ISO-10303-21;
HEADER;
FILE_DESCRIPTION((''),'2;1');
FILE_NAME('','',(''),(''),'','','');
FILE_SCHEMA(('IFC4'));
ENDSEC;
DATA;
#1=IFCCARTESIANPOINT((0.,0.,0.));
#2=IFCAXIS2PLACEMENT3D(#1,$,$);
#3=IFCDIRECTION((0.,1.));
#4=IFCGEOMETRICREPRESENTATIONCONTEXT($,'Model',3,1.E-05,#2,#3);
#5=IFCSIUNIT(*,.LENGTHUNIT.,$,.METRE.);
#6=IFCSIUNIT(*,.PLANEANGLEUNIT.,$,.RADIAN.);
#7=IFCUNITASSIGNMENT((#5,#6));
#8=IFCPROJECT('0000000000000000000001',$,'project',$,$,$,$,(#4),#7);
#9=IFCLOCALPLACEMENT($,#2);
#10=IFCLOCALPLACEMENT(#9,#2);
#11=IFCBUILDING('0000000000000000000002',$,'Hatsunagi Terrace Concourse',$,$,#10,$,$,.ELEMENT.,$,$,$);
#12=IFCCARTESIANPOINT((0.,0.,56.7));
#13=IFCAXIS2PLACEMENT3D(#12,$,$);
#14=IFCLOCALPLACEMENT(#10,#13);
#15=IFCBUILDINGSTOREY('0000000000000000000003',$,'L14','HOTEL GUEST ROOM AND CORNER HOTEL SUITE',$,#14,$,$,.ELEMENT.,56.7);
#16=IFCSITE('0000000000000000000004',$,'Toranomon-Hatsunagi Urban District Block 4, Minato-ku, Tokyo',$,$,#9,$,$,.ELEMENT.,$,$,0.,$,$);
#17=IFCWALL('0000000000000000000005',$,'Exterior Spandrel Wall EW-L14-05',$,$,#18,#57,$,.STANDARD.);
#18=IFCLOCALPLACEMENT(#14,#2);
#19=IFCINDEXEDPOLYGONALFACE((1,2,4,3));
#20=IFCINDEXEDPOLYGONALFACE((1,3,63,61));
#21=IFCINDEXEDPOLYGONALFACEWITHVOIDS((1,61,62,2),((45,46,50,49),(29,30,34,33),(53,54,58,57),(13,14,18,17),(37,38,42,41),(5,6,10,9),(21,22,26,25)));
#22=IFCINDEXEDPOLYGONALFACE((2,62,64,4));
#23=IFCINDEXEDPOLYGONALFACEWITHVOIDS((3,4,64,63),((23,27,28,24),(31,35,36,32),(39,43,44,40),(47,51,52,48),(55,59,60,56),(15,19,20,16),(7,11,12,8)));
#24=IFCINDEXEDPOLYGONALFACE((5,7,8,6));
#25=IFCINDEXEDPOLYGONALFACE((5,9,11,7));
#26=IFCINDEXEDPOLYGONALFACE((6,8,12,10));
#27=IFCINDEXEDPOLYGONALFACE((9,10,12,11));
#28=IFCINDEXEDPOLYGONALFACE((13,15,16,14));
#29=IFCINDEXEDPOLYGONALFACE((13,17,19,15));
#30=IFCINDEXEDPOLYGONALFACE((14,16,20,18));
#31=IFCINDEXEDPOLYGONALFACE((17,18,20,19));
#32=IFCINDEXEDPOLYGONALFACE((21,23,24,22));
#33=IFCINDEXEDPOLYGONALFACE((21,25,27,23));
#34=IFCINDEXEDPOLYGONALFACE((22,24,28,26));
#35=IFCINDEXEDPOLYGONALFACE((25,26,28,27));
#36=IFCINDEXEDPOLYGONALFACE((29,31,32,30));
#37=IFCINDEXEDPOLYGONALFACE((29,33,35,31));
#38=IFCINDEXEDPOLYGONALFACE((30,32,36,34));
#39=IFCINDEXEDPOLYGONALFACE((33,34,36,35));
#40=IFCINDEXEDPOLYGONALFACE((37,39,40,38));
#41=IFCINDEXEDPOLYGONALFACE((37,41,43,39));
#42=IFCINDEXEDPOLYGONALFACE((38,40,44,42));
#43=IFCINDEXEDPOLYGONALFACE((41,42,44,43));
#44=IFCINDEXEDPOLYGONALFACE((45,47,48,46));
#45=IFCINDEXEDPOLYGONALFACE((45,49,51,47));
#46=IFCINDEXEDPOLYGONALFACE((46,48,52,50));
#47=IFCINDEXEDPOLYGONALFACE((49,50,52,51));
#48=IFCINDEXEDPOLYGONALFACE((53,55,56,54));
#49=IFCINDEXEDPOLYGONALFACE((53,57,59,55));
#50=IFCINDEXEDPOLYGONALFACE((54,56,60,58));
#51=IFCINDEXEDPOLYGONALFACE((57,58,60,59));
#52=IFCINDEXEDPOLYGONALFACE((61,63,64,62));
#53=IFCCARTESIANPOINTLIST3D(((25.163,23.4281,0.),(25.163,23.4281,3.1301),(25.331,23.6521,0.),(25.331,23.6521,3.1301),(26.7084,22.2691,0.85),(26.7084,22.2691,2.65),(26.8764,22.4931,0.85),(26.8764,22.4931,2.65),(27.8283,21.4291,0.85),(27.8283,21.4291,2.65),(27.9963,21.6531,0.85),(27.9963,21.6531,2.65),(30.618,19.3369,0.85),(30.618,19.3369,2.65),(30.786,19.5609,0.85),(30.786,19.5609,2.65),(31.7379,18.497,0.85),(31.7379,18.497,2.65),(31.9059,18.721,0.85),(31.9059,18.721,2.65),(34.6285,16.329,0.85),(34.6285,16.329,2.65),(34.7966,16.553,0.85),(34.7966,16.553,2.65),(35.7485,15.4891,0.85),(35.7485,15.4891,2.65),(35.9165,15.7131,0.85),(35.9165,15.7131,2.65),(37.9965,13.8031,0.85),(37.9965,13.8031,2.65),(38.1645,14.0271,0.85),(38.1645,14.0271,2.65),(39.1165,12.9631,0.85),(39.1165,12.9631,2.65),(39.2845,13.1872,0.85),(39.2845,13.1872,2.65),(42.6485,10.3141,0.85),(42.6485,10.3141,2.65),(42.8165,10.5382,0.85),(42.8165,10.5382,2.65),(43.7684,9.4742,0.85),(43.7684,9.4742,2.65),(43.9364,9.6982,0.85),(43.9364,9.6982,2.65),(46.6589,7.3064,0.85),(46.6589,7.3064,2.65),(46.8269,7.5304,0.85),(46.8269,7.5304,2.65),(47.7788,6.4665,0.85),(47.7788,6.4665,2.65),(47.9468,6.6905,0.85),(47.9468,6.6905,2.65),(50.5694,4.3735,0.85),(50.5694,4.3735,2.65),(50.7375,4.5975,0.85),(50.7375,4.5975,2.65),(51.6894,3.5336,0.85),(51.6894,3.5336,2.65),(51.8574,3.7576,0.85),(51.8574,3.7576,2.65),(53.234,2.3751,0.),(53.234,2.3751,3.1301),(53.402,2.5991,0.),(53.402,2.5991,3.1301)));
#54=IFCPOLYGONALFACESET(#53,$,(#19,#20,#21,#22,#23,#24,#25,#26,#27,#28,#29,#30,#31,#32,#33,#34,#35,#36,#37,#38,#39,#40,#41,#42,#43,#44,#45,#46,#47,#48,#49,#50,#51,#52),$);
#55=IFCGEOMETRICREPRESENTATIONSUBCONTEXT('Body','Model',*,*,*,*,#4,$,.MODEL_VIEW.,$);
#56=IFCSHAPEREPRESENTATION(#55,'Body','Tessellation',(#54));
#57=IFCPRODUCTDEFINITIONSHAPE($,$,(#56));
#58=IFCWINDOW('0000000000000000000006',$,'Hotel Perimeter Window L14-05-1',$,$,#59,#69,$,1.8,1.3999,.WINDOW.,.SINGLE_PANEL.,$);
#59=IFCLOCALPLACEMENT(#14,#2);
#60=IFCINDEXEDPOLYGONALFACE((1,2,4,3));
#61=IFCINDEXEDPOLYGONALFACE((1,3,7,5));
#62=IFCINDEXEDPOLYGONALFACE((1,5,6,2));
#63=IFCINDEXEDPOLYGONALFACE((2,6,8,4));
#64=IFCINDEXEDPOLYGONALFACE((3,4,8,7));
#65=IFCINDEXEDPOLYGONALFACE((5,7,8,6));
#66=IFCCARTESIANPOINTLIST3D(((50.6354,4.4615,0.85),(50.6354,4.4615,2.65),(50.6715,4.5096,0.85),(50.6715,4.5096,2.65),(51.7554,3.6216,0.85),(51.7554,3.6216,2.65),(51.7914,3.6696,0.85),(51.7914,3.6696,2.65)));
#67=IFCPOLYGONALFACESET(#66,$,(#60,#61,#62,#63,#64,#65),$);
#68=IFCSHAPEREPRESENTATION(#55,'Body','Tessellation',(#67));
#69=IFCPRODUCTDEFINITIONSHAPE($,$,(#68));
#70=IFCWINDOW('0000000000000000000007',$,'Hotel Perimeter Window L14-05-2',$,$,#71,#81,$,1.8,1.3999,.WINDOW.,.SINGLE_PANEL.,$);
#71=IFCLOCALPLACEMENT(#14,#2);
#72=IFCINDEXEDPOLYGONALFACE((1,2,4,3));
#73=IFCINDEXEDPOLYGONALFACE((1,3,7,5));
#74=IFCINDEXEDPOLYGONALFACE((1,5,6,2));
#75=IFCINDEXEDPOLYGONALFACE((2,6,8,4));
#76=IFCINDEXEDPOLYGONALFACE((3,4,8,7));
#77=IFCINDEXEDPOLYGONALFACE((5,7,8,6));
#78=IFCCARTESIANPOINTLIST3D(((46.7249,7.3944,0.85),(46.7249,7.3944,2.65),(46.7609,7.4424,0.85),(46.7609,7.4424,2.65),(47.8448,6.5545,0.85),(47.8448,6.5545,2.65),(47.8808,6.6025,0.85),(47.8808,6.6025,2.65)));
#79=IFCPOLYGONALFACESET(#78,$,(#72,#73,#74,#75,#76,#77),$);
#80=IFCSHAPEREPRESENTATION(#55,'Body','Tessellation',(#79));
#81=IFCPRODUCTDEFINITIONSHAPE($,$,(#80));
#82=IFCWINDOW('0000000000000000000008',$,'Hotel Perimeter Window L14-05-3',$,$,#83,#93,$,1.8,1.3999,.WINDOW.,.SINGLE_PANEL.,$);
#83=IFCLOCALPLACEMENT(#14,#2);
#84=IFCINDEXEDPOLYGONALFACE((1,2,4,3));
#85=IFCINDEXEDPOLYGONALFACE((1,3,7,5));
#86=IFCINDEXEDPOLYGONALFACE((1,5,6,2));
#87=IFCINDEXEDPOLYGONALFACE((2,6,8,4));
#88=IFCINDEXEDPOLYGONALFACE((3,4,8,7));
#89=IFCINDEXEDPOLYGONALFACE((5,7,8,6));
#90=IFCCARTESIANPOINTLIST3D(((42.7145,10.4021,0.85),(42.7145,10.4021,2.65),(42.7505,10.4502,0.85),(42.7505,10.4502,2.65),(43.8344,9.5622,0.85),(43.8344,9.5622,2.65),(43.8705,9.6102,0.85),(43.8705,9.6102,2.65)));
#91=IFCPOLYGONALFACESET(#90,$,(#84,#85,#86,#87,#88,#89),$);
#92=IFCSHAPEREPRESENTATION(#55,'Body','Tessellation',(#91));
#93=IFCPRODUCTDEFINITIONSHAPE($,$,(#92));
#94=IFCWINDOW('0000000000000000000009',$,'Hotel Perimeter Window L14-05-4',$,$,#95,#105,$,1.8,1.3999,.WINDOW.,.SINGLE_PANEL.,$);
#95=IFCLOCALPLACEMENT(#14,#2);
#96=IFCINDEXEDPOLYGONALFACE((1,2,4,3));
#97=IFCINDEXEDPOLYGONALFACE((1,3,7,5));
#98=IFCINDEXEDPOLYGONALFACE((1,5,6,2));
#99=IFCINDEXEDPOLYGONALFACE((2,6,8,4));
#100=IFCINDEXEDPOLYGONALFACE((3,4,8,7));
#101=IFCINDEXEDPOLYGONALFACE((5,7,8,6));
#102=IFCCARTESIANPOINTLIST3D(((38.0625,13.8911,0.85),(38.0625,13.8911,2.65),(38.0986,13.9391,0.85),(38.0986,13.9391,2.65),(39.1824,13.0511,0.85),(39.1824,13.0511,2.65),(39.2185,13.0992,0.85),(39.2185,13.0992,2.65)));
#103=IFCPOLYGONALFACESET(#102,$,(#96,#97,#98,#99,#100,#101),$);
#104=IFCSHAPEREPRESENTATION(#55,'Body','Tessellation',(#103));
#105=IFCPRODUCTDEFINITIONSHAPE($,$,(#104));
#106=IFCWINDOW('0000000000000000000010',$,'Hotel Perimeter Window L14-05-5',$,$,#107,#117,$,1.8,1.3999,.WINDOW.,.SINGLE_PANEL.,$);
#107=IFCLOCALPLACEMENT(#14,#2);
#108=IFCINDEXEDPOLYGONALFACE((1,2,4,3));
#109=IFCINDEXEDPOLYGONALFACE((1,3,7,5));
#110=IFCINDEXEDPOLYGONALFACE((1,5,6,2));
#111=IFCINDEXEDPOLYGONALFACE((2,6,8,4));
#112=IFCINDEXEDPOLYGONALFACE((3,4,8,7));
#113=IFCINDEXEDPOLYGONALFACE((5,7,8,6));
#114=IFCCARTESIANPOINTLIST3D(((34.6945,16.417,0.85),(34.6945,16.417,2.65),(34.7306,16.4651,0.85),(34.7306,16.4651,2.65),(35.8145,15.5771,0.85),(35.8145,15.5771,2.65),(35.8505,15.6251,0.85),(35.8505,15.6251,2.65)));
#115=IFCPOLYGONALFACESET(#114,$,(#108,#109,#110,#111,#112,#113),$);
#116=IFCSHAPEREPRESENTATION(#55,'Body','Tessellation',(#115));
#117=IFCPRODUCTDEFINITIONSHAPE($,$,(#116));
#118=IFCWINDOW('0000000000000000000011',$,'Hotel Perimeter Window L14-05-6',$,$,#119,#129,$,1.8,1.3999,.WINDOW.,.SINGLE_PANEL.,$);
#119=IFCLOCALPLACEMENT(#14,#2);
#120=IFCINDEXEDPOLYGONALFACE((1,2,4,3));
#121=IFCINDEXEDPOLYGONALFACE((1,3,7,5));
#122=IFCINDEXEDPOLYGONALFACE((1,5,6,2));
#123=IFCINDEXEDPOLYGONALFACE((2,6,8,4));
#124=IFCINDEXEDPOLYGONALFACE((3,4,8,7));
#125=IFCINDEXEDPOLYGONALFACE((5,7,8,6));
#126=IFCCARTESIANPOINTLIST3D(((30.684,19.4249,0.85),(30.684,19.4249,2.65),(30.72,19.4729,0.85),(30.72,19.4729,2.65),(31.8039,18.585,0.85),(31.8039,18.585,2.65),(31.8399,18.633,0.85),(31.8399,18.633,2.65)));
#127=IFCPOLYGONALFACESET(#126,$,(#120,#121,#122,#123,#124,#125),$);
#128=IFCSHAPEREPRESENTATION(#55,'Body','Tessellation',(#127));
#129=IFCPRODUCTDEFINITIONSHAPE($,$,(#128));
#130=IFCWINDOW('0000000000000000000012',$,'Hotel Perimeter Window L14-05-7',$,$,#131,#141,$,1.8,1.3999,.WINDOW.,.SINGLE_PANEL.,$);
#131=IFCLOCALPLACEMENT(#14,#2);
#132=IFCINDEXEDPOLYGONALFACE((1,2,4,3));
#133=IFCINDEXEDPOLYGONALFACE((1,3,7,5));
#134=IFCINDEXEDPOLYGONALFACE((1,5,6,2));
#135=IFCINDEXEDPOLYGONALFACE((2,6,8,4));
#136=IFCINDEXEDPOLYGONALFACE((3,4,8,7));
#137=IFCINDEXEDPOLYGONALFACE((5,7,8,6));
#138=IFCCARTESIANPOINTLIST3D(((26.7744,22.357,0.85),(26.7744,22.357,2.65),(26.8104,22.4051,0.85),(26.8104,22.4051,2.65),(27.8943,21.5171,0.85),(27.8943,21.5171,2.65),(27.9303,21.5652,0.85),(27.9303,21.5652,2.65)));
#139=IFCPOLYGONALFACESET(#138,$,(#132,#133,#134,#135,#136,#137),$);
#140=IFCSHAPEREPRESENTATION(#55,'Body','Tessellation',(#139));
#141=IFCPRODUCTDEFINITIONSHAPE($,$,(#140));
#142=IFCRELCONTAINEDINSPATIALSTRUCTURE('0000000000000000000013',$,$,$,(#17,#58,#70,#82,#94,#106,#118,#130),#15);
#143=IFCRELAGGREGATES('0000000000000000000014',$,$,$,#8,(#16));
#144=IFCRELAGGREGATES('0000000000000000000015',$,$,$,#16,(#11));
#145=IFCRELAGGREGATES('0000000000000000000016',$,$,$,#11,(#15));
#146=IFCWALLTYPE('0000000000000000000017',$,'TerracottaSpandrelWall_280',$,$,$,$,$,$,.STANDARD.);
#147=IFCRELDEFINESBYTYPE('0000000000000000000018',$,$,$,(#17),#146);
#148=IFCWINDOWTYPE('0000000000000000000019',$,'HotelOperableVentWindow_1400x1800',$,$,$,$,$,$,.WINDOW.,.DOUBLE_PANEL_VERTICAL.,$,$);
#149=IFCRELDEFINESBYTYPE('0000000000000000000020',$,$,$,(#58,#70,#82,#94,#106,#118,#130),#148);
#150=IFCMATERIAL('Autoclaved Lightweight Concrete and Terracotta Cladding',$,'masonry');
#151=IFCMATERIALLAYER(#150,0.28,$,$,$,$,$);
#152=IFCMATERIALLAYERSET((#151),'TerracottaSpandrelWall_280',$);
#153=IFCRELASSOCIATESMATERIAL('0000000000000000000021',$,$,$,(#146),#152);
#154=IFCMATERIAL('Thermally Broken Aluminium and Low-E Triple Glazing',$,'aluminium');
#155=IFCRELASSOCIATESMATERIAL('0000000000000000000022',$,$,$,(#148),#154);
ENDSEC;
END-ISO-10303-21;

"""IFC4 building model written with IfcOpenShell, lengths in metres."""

from ifc_helpers import new_model, si_unit, direction, frame, frame_2d, origin, place, context, subcontext, project, spatial, rectangle, extrude, material, layer, layer_set, type_object, element, fill, save


model = new_model("IFC4")

# Units and contexts
model_context = context("Model", 3, precision=1e-05, world=origin(), true_north=direction((0.0, 1.0)))
body_context = subcontext(model_context, "Body", "Model", "MODEL_VIEW")
ifc_project = project(units=[si_unit("LENGTHUNIT", "METRE"), si_unit("PLANEANGLEUNIT", "RADIAN")], contexts=[model_context])

# Site, building, storey
site_placement = place(None, origin())
site = spatial("IfcSite", under=ifc_project, at=site_placement, Name="Toranomon-Hatsunagi Urban District Block 4, Minato-ku, Tokyo", CompositionType="ELEMENT", RefElevation=0.0)
building_placement = place(site_placement, origin())
building = spatial("IfcBuilding", under=site, at=building_placement, Name="Hatsunagi Terrace Concourse", CompositionType="ELEMENT")
storey_placement = place(building_placement, frame((0.0, 0.0, 56.7)))
storey = spatial("IfcBuildingStorey", under=building, at=storey_placement, Name="L14", Description="HOTEL GUEST ROOM AND CORNER HOTEL SUITE", CompositionType="ELEMENT", Elevation=56.7)

# Wall, openings, windows
ifc_material_1 = material(Name="Autoclaved Lightweight Concrete and Terracotta Cladding", Category="masonry")
ifc_layer_1 = layer(ifc_material_1, 0.28)
ifc_layer_set_1 = layer_set([ifc_layer_1], Name="TerracottaSpandrelWall_280")
wall_type_1 = type_object("IfcWallType", Name="TerracottaSpandrelWall_280", PredefinedType="STANDARD", material=ifc_layer_set_1)
wall_1_placement = place(storey_placement, frame((53.3181, 2.4871, 0.0), z_axis=(0.0, 0.0, 1.0), x_axis=(-0.800004, 0.599994, 0.0)))
wall_1 = element("IfcWall", 1, at=wall_1_placement, inside=storey, type_object=wall_type_1, Name="Exterior Spandrel Wall EW-L14-05", PredefinedType="STANDARD", context=body_context, shape_type="SweptSolid", body=[
    extrude(rectangle(XDim=35.0886, YDim=0.28, at=frame_2d((17.5444, 0.0))), origin(), (0.0, 0.0, 1.0), 3.1301),
])
opening_1_placement = place(wall_1_placement, frame((1.9309, 0.0, 0.8501)))
opening_1 = element("IfcOpeningElement", 2, at=opening_1_placement, cuts=wall_1, PredefinedType="OPENING", context=body_context, shape_type="SweptSolid", body=[
    extrude(rectangle(XDim=1.3999, YDim=1.8, at=frame_2d((0.7, 0.8999))), frame((0.0, 0.1499, 0.0), z_axis=(0.0, -1.0, 0.0), x_axis=(1.0, 0.0, 0.0)), (0.0, 0.0, 1.0), 0.3),
])
opening_2_placement = place(wall_1_placement, frame((6.8191, 0.0, 0.8501)))
opening_2 = element("IfcOpeningElement", 3, at=opening_2_placement, cuts=wall_1, PredefinedType="OPENING", context=body_context, shape_type="SweptSolid", body=[
    extrude(rectangle(XDim=1.3999, YDim=1.8, at=frame_2d((0.7, 0.8999))), frame((0.0, 0.1499, 0.0), z_axis=(0.0, -1.0, 0.0), x_axis=(1.0, 0.0, 0.0)), (0.0, 0.0, 1.0), 0.3),
])
opening_3_placement = place(wall_1_placement, frame((11.832, 0.0, 0.8501)))
opening_3 = element("IfcOpeningElement", 4, at=opening_3_placement, cuts=wall_1, PredefinedType="OPENING", context=body_context, shape_type="SweptSolid", body=[
    extrude(rectangle(XDim=1.3999, YDim=1.8, at=frame_2d((0.7, 0.8999))), frame((0.0, 0.1499, 0.0), z_axis=(0.0, -1.0, 0.0), x_axis=(1.0, 0.0, 0.0)), (0.0, 0.0, 1.0), 0.3),
])
opening_4_placement = place(wall_1_placement, frame((17.647, 0.0, 0.8501)))
opening_4 = element("IfcOpeningElement", 5, at=opening_4_placement, cuts=wall_1, PredefinedType="OPENING", context=body_context, shape_type="SweptSolid", body=[
    extrude(rectangle(XDim=1.3999, YDim=1.8, at=frame_2d((0.7, 0.8999))), frame((0.0, 0.1499, 0.0), z_axis=(0.0, -1.0, 0.0), x_axis=(1.0, 0.0, 0.0)), (0.0, 0.0, 1.0), 0.3),
])
opening_5_placement = place(wall_1_placement, frame((21.8569, 0.0, 0.8501)))
opening_5 = element("IfcOpeningElement", 6, at=opening_5_placement, cuts=wall_1, PredefinedType="OPENING", context=body_context, shape_type="SweptSolid", body=[
    extrude(rectangle(XDim=1.3999, YDim=1.8, at=frame_2d((0.7, 0.8999))), frame((0.0, 0.1499, 0.0), z_axis=(0.0, -1.0, 0.0), x_axis=(1.0, 0.0, 0.0)), (0.0, 0.0, 1.0), 0.3),
])
opening_6_placement = place(wall_1_placement, frame((26.8701, 0.0, 0.8501)))
opening_6 = element("IfcOpeningElement", 7, at=opening_6_placement, cuts=wall_1, PredefinedType="OPENING", context=body_context, shape_type="SweptSolid", body=[
    extrude(rectangle(XDim=1.3999, YDim=1.8, at=frame_2d((0.7, 0.8999))), frame((0.0, 0.1499, 0.0), z_axis=(0.0, -1.0, 0.0), x_axis=(1.0, 0.0, 0.0)), (0.0, 0.0, 1.0), 0.3),
])
opening_7_placement = place(wall_1_placement, frame((31.7571, 0.0, 0.8501)))
opening_7 = element("IfcOpeningElement", 8, at=opening_7_placement, cuts=wall_1, PredefinedType="OPENING", context=body_context, shape_type="SweptSolid", body=[
    extrude(rectangle(XDim=1.3999, YDim=1.8, at=frame_2d((0.7, 0.8999))), frame((0.0, 0.1499, 0.0), z_axis=(0.0, -1.0, 0.0), x_axis=(1.0, 0.0, 0.0)), (0.0, 0.0, 1.0), 0.3),
])
ifc_material_2 = material(Name="Thermally Broken Aluminium and Low-E Triple Glazing", Category="aluminium")
window_type = type_object("IfcWindowType", Name="HotelOperableVentWindow_1400x1800", PartitioningType="DOUBLE_PANEL_VERTICAL", PredefinedType="WINDOW", material=ifc_material_2)
window_1_placement = place(opening_1_placement, origin())
window_1 = element("IfcWindow", 9, at=window_1_placement, inside=storey, type_object=window_type, Name="Hotel Perimeter Window L14-05-1", OverallHeight=1.8, OverallWidth=1.3999, PartitioningType="SINGLE_PANEL", PredefinedType="WINDOW", context=body_context, shape_type="SweptSolid", body=[
    extrude(rectangle(XDim=1.3999, YDim=1.8, at=frame_2d((0.7, 0.8999))), frame((0.0, 0.03, 0.0), z_axis=(0.0, -1.0, 0.0), x_axis=(1.0, 0.0, 0.0)), (0.0, 0.0, 1.0), 0.0601),
])
fill(opening_1, window_1)
window_2_placement = place(opening_2_placement, origin())
window_2 = element("IfcWindow", 10, at=window_2_placement, inside=storey, type_object=window_type, Name="Hotel Perimeter Window L14-05-2", OverallHeight=1.8, OverallWidth=1.3999, PartitioningType="SINGLE_PANEL", PredefinedType="WINDOW", context=body_context, shape_type="SweptSolid", body=[
    extrude(rectangle(XDim=1.3999, YDim=1.8, at=frame_2d((0.7, 0.8999))), frame((0.0, 0.03, 0.0), z_axis=(0.0, -1.0, 0.0), x_axis=(1.0, 0.0, 0.0)), (0.0, 0.0, 1.0), 0.0601),
])
fill(opening_2, window_2)
window_3_placement = place(opening_3_placement, origin())
window_3 = element("IfcWindow", 11, at=window_3_placement, inside=storey, type_object=window_type, Name="Hotel Perimeter Window L14-05-3", OverallHeight=1.8, OverallWidth=1.3999, PartitioningType="SINGLE_PANEL", PredefinedType="WINDOW", context=body_context, shape_type="SweptSolid", body=[
    extrude(rectangle(XDim=1.3999, YDim=1.8, at=frame_2d((0.7, 0.8999))), frame((0.0, 0.03, 0.0), z_axis=(0.0, -1.0, 0.0), x_axis=(1.0, 0.0, 0.0)), (0.0, 0.0, 1.0), 0.0601),
])
fill(opening_3, window_3)
window_4_placement = place(opening_4_placement, origin())
window_4 = element("IfcWindow", 12, at=window_4_placement, inside=storey, type_object=window_type, Name="Hotel Perimeter Window L14-05-4", OverallHeight=1.8, OverallWidth=1.3999, PartitioningType="SINGLE_PANEL", PredefinedType="WINDOW", context=body_context, shape_type="SweptSolid", body=[
    extrude(rectangle(XDim=1.3999, YDim=1.8, at=frame_2d((0.7, 0.8999))), frame((0.0, 0.03, 0.0), z_axis=(0.0, -1.0, 0.0), x_axis=(1.0, 0.0, 0.0)), (0.0, 0.0, 1.0), 0.0601),
])
fill(opening_4, window_4)
window_5_placement = place(opening_5_placement, origin())
window_5 = element("IfcWindow", 13, at=window_5_placement, inside=storey, type_object=window_type, Name="Hotel Perimeter Window L14-05-5", OverallHeight=1.8, OverallWidth=1.3999, PartitioningType="SINGLE_PANEL", PredefinedType="WINDOW", context=body_context, shape_type="SweptSolid", body=[
    extrude(rectangle(XDim=1.3999, YDim=1.8, at=frame_2d((0.7, 0.8999))), frame((0.0, 0.03, 0.0), z_axis=(0.0, -1.0, 0.0), x_axis=(1.0, 0.0, 0.0)), (0.0, 0.0, 1.0), 0.0601),
])
fill(opening_5, window_5)
window_6_placement = place(opening_6_placement, origin())
window_6 = element("IfcWindow", 14, at=window_6_placement, inside=storey, type_object=window_type, Name="Hotel Perimeter Window L14-05-6", OverallHeight=1.8, OverallWidth=1.3999, PartitioningType="SINGLE_PANEL", PredefinedType="WINDOW", context=body_context, shape_type="SweptSolid", body=[
    extrude(rectangle(XDim=1.3999, YDim=1.8, at=frame_2d((0.7, 0.8999))), frame((0.0, 0.03, 0.0), z_axis=(0.0, -1.0, 0.0), x_axis=(1.0, 0.0, 0.0)), (0.0, 0.0, 1.0), 0.0601),
])
fill(opening_6, window_6)
window_7_placement = place(opening_7_placement, origin())
window_7 = element("IfcWindow", 15, at=window_7_placement, inside=storey, type_object=window_type, Name="Hotel Perimeter Window L14-05-7", OverallHeight=1.8, OverallWidth=1.3999, PartitioningType="SINGLE_PANEL", PredefinedType="WINDOW", context=body_context, shape_type="SweptSolid", body=[
    extrude(rectangle(XDim=1.3999, YDim=1.8, at=frame_2d((0.7, 0.8999))), frame((0.0, 0.03, 0.0), z_axis=(0.0, -1.0, 0.0), x_axis=(1.0, 0.0, 0.0)), (0.0, 0.0, 1.0), 0.0601),
])
fill(opening_7, window_7)

save(model, "model.ifc")
